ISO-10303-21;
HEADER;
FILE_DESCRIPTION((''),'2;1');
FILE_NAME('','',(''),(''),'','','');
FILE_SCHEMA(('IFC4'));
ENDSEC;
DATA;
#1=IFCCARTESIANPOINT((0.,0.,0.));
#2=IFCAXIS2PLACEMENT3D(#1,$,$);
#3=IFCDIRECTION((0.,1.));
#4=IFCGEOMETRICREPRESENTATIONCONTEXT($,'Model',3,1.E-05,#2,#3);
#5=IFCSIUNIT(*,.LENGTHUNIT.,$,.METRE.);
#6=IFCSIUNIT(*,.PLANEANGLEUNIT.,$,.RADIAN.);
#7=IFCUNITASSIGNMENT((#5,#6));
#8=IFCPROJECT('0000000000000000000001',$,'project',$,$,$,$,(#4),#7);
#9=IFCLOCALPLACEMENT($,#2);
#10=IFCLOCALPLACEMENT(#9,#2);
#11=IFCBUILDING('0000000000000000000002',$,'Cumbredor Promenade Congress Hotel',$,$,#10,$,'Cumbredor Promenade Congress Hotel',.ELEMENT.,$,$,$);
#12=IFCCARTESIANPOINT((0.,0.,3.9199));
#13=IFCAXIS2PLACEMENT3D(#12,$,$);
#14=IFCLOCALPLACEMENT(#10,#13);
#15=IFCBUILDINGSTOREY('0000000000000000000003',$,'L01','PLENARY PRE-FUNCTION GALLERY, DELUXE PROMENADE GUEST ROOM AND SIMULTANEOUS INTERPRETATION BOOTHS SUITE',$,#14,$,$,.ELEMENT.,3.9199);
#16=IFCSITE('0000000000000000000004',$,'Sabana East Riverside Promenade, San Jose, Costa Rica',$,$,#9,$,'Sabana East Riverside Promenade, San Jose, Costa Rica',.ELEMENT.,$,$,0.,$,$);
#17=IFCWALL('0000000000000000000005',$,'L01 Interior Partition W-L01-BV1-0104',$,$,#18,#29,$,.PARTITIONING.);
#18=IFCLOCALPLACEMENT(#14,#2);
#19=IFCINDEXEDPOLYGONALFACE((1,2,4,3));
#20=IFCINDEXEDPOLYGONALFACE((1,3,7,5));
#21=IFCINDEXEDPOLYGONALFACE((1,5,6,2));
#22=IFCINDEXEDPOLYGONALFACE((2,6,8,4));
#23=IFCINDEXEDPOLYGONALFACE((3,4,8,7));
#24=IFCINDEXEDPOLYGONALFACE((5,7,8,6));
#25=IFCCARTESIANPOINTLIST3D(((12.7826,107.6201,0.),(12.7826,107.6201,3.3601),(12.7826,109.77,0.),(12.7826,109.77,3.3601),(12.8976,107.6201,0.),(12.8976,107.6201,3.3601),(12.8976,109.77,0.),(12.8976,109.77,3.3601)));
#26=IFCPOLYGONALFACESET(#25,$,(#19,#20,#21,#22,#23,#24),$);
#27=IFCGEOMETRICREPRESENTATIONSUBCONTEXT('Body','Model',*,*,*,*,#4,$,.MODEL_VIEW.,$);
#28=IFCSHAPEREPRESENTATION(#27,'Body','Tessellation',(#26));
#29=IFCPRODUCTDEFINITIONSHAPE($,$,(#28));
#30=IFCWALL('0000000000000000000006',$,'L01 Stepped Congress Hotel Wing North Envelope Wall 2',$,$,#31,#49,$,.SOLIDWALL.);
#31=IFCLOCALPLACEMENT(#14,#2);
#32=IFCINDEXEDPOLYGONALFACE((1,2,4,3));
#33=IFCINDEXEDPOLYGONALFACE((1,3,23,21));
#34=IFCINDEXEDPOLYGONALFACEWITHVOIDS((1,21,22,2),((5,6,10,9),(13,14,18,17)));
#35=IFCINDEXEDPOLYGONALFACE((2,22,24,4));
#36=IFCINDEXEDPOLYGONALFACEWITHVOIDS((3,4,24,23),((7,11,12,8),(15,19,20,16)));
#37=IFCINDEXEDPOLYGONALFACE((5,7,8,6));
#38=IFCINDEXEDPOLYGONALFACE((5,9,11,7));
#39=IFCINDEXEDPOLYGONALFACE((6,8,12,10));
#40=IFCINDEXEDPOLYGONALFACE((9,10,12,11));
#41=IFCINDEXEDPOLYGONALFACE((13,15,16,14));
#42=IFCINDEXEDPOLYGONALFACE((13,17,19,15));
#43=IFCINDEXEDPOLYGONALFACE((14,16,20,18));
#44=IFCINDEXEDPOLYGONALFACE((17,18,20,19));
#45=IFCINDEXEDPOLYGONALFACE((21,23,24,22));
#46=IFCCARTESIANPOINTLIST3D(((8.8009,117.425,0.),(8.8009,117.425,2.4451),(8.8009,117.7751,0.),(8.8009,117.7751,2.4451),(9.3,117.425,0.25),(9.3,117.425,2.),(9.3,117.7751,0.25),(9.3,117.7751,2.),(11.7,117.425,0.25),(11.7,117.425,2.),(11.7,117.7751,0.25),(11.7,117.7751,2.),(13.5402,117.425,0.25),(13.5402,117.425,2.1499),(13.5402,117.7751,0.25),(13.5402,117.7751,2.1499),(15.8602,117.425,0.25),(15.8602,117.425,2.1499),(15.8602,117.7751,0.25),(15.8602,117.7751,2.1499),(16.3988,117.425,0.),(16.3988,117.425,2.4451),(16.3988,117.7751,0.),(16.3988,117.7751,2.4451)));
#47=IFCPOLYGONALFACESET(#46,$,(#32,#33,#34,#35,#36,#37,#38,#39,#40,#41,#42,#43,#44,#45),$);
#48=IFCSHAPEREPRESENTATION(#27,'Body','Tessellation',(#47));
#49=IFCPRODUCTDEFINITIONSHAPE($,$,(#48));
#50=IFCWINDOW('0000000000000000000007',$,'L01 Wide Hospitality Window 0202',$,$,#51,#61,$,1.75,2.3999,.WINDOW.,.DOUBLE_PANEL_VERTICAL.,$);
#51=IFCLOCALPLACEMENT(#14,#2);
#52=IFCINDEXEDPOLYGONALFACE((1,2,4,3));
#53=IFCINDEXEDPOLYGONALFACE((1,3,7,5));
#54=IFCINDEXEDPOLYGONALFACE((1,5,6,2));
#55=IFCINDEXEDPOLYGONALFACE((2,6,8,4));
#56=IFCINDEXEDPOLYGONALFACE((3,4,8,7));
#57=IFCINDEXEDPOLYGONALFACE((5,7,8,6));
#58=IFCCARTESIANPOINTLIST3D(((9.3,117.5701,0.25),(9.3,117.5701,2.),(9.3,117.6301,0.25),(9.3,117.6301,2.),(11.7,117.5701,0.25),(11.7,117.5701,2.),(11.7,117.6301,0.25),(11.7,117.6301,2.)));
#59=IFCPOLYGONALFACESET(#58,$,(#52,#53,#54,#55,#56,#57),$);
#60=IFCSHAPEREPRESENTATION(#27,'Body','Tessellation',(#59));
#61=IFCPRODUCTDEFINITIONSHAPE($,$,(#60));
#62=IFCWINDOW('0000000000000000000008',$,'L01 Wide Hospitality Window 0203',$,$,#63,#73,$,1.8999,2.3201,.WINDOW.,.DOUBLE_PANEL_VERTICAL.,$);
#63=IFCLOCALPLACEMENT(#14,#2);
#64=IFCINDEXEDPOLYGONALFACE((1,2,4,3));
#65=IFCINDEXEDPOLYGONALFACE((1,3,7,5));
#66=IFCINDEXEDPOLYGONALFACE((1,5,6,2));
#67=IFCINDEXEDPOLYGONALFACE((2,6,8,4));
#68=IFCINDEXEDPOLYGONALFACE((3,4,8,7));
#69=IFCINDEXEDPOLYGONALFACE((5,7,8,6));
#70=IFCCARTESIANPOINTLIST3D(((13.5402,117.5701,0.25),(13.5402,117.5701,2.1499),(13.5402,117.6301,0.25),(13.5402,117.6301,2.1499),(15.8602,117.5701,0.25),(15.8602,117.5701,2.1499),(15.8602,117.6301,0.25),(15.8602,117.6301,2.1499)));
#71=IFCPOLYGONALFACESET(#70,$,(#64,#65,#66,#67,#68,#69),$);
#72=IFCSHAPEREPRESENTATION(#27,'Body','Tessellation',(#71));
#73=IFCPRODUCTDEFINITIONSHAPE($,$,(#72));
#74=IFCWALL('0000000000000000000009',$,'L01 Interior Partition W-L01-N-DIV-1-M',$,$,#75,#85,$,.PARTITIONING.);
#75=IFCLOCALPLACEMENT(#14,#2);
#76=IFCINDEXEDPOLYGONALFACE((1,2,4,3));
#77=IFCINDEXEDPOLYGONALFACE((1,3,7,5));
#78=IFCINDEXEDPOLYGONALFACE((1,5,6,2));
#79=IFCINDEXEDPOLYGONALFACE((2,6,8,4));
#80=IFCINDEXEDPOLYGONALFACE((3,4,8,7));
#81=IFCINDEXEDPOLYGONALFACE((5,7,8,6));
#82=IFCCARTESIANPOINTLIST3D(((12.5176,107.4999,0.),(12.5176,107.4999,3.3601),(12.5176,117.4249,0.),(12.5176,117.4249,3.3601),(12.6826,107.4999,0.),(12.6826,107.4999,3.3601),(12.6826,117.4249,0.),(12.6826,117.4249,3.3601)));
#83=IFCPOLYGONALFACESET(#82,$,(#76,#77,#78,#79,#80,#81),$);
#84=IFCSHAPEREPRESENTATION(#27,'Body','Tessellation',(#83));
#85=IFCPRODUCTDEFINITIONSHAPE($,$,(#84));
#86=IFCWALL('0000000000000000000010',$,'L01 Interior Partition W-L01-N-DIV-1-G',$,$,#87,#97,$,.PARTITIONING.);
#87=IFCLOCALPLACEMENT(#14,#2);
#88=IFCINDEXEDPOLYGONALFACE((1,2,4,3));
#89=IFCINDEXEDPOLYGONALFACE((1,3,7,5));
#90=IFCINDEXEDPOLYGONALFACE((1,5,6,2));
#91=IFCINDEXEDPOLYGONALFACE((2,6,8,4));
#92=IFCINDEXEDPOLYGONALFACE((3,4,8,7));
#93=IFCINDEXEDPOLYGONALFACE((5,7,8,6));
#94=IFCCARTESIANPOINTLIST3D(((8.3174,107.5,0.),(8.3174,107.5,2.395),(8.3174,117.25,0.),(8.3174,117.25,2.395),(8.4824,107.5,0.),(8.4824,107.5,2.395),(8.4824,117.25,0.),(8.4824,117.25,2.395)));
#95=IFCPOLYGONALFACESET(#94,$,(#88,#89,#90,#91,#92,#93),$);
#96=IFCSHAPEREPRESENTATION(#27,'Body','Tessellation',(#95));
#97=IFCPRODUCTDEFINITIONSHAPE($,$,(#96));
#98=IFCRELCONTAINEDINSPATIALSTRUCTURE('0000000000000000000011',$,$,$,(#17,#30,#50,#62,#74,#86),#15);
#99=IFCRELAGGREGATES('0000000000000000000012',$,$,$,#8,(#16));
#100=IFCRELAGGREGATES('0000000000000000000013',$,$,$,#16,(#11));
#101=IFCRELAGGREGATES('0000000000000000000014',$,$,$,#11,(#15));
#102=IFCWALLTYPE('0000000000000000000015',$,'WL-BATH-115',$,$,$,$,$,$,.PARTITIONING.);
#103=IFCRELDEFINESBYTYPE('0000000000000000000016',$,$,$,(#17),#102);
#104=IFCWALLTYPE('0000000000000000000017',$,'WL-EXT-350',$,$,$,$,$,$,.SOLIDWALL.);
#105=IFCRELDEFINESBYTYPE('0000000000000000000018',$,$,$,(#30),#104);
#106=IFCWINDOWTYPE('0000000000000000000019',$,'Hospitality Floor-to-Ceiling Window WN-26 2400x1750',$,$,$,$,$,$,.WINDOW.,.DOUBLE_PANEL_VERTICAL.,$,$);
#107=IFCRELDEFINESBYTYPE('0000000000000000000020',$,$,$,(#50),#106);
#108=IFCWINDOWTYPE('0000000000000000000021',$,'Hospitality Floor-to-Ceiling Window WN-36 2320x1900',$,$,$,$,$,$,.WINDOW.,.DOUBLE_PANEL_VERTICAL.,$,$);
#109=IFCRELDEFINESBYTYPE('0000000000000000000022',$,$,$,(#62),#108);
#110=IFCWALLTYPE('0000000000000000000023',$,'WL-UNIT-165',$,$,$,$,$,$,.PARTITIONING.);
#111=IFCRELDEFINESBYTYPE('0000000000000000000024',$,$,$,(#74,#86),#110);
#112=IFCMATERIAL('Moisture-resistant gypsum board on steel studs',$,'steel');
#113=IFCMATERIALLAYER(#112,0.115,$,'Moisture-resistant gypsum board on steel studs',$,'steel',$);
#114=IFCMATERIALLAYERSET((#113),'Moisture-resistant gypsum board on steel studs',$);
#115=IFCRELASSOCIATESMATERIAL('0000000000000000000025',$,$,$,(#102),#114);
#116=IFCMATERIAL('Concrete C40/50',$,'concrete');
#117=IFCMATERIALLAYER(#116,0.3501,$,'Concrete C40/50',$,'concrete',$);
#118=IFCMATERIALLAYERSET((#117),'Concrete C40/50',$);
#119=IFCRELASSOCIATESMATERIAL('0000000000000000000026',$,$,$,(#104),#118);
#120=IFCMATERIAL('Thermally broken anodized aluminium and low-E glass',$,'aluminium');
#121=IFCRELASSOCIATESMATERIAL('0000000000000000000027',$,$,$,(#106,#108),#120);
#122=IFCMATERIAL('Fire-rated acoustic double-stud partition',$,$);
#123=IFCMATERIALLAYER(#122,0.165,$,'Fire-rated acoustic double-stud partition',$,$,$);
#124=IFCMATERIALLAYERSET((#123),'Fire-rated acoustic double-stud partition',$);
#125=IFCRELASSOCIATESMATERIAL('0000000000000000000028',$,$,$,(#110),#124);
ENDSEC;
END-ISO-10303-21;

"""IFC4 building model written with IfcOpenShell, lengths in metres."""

from ifc_helpers import new_model, si_unit, direction, frame, frame_2d, origin, place, context, subcontext, project, spatial, rectangle, extrude, material, layer, layer_set, type_object, element, fill, save


model = new_model("IFC4")

# Units and contexts
model_context = context("Model", 3, precision=1e-05, world=origin(), true_north=direction((0.0, 1.0)))
body_context = subcontext(model_context, "Body", "Model", "MODEL_VIEW")
ifc_project = project(units=[si_unit("LENGTHUNIT", "METRE"), si_unit("PLANEANGLEUNIT", "RADIAN")], contexts=[model_context])

# Site, building, storey
site_placement = place(None, origin())
site = spatial("IfcSite", under=ifc_project, at=site_placement, Name="Sabana East Riverside Promenade, San Jose, Costa Rica", LongName="Sabana East Riverside Promenade, San Jose, Costa Rica", CompositionType="ELEMENT", RefElevation=0.0)
building_placement = place(site_placement, origin())
building = spatial("IfcBuilding", under=site, at=building_placement, Name="Cumbredor Promenade Congress Hotel", LongName="Cumbredor Promenade Congress Hotel", CompositionType="ELEMENT")
storey_placement = place(building_placement, frame((0.0, 0.0, 3.9199)))
storey = spatial("IfcBuildingStorey", under=building, at=storey_placement, Name="L01", Description="PLENARY PRE-FUNCTION GALLERY, DELUXE PROMENADE GUEST ROOM AND SIMULTANEOUS INTERPRETATION BOOTHS SUITE", CompositionType="ELEMENT", Elevation=3.9199)

# Shared definitions
ifc_material_1 = material(Name="Concrete C40/50", Category="concrete")

# Shared definitions
ifc_material_2 = material(Name="Thermally broken anodized aluminium and low-E glass", Category="aluminium")

# Shared definitions
ifc_material_3 = material(Name="Moisture-resistant gypsum board on steel studs", Category="steel")
ifc_layer_1 = layer(ifc_material_3, 0.115, Name="Moisture-resistant gypsum board on steel studs", Category="steel")
ifc_layer_set_1 = layer_set([ifc_layer_1], Name="Moisture-resistant gypsum board on steel studs")
wall_type_1 = type_object("IfcWallType", Name="WL-BATH-115", PredefinedType="PARTITIONING", material=ifc_layer_set_1)

# Wall
wall_1_placement = place(storey_placement, frame((12.8401, 107.6201, 0.0), z_axis=(0.0, 0.0, 1.0), x_axis=(0.0, 1.0, 0.0)))
element("IfcWall", 1, at=wall_1_placement, inside=storey, type_object=wall_type_1, Name="L01 Interior Partition W-L01-BV1-0104", PredefinedType="PARTITIONING", context=body_context, shape_type="SweptSolid", body=[
    extrude(rectangle(XDim=2.1499, YDim=0.115, at=frame_2d((1.075, 0.0))), origin(), (0.0, 0.0, 1.0), 3.3601),
])

# Wall, openings, windows
ifc_layer_2 = layer(ifc_material_1, 0.3501, Name="Concrete C40/50", Category="concrete")
ifc_layer_set_2 = layer_set([ifc_layer_2], Name="Concrete C40/50")
wall_type_2 = type_object("IfcWallType", Name="WL-EXT-350", PredefinedType="SOLIDWALL", material=ifc_layer_set_2)
wall_2_placement = place(storey_placement, frame((8.801, 117.6001, 0.0), z_axis=(0.0, 0.0, 1.0), x_axis=(1.0, 0.0, 0.0)))
wall_2 = element("IfcWall", 2, at=wall_2_placement, inside=storey, type_object=wall_type_2, Name="L01 Stepped Congress Hotel Wing North Envelope Wall 2", PredefinedType="SOLIDWALL", context=body_context, shape_type="SweptSolid", body=[
    extrude(rectangle(XDim=7.5979, YDim=0.3501, at=frame_2d((3.7988, 0.0))), origin(), (0.0, 0.0, 1.0), 2.4451),
])
opening_1_placement = place(wall_2_placement, frame((0.499, 0.0, 0.25)))
opening_1 = element("IfcOpeningElement", 3, at=opening_1_placement, cuts=wall_2, PredefinedType="OPENING", context=body_context, shape_type="SweptSolid", body=[
    extrude(rectangle(XDim=2.3999, YDim=1.75, at=frame_2d((1.2, 0.875))), frame((0.0, 0.1851, 0.0), z_axis=(0.0, -1.0, 0.0), x_axis=(1.0, 0.0, 0.0)), (0.0, 0.0, 1.0), 0.3701),
])
opening_2_placement = place(wall_2_placement, frame((4.739, 0.0, 0.25)))
opening_2 = element("IfcOpeningElement", 4, at=opening_2_placement, cuts=wall_2, PredefinedType="OPENING", context=body_context, shape_type="SweptSolid", body=[
    extrude(rectangle(XDim=2.3201, YDim=1.8999, at=frame_2d((1.1602, 0.95))), frame((0.0, 0.1851, 0.0), z_axis=(0.0, -1.0, 0.0), x_axis=(1.0, 0.0, 0.0)), (0.0, 0.0, 1.0), 0.3701),
])
window_type_1 = type_object("IfcWindowType", Name="Hospitality Floor-to-Ceiling Window WN-26 2400x1750", PartitioningType="DOUBLE_PANEL_VERTICAL", PredefinedType="WINDOW", material=ifc_material_2)
window_1_placement = place(opening_1_placement, origin())
window_1 = element("IfcWindow", 5, at=window_1_placement, inside=storey, type_object=window_type_1, Name="L01 Wide Hospitality Window 0202", OverallHeight=1.75, OverallWidth=2.3999, PartitioningType="DOUBLE_PANEL_VERTICAL", PredefinedType="WINDOW", context=body_context, shape_type="SweptSolid", body=[
    extrude(rectangle(XDim=2.3999, YDim=1.75, at=frame_2d((1.2, 0.875))), frame((0.0, 0.03, 0.0), z_axis=(0.0, -1.0, 0.0), x_axis=(1.0, 0.0, 0.0)), (0.0, 0.0, 1.0), 0.0601),
])
fill(opening_1, window_1)
window_type_2 = type_object("IfcWindowType", Name="Hospitality Floor-to-Ceiling Window WN-36 2320x1900", PartitioningType="DOUBLE_PANEL_VERTICAL", PredefinedType="WINDOW", material=ifc_material_2)
window_2_placement = place(opening_2_placement, origin())
window_2 = element("IfcWindow", 6, at=window_2_placement, inside=storey, type_object=window_type_2, Name="L01 Wide Hospitality Window 0203", OverallHeight=1.8999, OverallWidth=2.3201, PartitioningType="DOUBLE_PANEL_VERTICAL", PredefinedType="WINDOW", context=body_context, shape_type="SweptSolid", body=[
    extrude(rectangle(XDim=2.3201, YDim=1.8999, at=frame_2d((1.1602, 0.95))), frame((0.0, 0.03, 0.0), z_axis=(0.0, -1.0, 0.0), x_axis=(1.0, 0.0, 0.0)), (0.0, 0.0, 1.0), 0.0601),
])
fill(opening_2, window_2)

# Walls
ifc_material_4 = material(Name="Fire-rated acoustic double-stud partition")
ifc_layer_3 = layer(ifc_material_4, 0.165, Name="Fire-rated acoustic double-stud partition")
ifc_layer_set_3 = layer_set([ifc_layer_3], Name="Fire-rated acoustic double-stud partition")
wall_type_3 = type_object("IfcWallType", Name="WL-UNIT-165", PredefinedType="PARTITIONING", material=ifc_layer_set_3)
wall_3_placement = place(storey_placement, frame((12.6001, 107.5, 0.0), z_axis=(0.0, 0.0, 1.0), x_axis=(0.0, 1.0, 0.0)))
element("IfcWall", 7, at=wall_3_placement, inside=storey, type_object=wall_type_3, Name="L01 Interior Partition W-L01-N-DIV-1-M", PredefinedType="PARTITIONING", context=body_context, shape_type="SweptSolid", body=[
    extrude(rectangle(XDim=9.925, YDim=0.165, at=frame_2d((4.9624, 0.0))), origin(), (0.0, 0.0, 1.0), 3.3601),
])
wall_4_placement = place(storey_placement, frame((8.3999, 107.5, 0.0), z_axis=(0.0, 0.0, 1.0), x_axis=(0.0, 1.0, 0.0)))
element("IfcWall", 8, at=wall_4_placement, inside=storey, type_object=wall_type_3, Name="L01 Interior Partition W-L01-N-DIV-1-G", PredefinedType="PARTITIONING", context=body_context, shape_type="SweptSolid", body=[
    extrude(rectangle(XDim=9.75, YDim=0.165, at=frame_2d((4.875, 0.0))), origin(), (0.0, 0.0, 1.0), 2.395),
])

save(model, "model.ifc")
